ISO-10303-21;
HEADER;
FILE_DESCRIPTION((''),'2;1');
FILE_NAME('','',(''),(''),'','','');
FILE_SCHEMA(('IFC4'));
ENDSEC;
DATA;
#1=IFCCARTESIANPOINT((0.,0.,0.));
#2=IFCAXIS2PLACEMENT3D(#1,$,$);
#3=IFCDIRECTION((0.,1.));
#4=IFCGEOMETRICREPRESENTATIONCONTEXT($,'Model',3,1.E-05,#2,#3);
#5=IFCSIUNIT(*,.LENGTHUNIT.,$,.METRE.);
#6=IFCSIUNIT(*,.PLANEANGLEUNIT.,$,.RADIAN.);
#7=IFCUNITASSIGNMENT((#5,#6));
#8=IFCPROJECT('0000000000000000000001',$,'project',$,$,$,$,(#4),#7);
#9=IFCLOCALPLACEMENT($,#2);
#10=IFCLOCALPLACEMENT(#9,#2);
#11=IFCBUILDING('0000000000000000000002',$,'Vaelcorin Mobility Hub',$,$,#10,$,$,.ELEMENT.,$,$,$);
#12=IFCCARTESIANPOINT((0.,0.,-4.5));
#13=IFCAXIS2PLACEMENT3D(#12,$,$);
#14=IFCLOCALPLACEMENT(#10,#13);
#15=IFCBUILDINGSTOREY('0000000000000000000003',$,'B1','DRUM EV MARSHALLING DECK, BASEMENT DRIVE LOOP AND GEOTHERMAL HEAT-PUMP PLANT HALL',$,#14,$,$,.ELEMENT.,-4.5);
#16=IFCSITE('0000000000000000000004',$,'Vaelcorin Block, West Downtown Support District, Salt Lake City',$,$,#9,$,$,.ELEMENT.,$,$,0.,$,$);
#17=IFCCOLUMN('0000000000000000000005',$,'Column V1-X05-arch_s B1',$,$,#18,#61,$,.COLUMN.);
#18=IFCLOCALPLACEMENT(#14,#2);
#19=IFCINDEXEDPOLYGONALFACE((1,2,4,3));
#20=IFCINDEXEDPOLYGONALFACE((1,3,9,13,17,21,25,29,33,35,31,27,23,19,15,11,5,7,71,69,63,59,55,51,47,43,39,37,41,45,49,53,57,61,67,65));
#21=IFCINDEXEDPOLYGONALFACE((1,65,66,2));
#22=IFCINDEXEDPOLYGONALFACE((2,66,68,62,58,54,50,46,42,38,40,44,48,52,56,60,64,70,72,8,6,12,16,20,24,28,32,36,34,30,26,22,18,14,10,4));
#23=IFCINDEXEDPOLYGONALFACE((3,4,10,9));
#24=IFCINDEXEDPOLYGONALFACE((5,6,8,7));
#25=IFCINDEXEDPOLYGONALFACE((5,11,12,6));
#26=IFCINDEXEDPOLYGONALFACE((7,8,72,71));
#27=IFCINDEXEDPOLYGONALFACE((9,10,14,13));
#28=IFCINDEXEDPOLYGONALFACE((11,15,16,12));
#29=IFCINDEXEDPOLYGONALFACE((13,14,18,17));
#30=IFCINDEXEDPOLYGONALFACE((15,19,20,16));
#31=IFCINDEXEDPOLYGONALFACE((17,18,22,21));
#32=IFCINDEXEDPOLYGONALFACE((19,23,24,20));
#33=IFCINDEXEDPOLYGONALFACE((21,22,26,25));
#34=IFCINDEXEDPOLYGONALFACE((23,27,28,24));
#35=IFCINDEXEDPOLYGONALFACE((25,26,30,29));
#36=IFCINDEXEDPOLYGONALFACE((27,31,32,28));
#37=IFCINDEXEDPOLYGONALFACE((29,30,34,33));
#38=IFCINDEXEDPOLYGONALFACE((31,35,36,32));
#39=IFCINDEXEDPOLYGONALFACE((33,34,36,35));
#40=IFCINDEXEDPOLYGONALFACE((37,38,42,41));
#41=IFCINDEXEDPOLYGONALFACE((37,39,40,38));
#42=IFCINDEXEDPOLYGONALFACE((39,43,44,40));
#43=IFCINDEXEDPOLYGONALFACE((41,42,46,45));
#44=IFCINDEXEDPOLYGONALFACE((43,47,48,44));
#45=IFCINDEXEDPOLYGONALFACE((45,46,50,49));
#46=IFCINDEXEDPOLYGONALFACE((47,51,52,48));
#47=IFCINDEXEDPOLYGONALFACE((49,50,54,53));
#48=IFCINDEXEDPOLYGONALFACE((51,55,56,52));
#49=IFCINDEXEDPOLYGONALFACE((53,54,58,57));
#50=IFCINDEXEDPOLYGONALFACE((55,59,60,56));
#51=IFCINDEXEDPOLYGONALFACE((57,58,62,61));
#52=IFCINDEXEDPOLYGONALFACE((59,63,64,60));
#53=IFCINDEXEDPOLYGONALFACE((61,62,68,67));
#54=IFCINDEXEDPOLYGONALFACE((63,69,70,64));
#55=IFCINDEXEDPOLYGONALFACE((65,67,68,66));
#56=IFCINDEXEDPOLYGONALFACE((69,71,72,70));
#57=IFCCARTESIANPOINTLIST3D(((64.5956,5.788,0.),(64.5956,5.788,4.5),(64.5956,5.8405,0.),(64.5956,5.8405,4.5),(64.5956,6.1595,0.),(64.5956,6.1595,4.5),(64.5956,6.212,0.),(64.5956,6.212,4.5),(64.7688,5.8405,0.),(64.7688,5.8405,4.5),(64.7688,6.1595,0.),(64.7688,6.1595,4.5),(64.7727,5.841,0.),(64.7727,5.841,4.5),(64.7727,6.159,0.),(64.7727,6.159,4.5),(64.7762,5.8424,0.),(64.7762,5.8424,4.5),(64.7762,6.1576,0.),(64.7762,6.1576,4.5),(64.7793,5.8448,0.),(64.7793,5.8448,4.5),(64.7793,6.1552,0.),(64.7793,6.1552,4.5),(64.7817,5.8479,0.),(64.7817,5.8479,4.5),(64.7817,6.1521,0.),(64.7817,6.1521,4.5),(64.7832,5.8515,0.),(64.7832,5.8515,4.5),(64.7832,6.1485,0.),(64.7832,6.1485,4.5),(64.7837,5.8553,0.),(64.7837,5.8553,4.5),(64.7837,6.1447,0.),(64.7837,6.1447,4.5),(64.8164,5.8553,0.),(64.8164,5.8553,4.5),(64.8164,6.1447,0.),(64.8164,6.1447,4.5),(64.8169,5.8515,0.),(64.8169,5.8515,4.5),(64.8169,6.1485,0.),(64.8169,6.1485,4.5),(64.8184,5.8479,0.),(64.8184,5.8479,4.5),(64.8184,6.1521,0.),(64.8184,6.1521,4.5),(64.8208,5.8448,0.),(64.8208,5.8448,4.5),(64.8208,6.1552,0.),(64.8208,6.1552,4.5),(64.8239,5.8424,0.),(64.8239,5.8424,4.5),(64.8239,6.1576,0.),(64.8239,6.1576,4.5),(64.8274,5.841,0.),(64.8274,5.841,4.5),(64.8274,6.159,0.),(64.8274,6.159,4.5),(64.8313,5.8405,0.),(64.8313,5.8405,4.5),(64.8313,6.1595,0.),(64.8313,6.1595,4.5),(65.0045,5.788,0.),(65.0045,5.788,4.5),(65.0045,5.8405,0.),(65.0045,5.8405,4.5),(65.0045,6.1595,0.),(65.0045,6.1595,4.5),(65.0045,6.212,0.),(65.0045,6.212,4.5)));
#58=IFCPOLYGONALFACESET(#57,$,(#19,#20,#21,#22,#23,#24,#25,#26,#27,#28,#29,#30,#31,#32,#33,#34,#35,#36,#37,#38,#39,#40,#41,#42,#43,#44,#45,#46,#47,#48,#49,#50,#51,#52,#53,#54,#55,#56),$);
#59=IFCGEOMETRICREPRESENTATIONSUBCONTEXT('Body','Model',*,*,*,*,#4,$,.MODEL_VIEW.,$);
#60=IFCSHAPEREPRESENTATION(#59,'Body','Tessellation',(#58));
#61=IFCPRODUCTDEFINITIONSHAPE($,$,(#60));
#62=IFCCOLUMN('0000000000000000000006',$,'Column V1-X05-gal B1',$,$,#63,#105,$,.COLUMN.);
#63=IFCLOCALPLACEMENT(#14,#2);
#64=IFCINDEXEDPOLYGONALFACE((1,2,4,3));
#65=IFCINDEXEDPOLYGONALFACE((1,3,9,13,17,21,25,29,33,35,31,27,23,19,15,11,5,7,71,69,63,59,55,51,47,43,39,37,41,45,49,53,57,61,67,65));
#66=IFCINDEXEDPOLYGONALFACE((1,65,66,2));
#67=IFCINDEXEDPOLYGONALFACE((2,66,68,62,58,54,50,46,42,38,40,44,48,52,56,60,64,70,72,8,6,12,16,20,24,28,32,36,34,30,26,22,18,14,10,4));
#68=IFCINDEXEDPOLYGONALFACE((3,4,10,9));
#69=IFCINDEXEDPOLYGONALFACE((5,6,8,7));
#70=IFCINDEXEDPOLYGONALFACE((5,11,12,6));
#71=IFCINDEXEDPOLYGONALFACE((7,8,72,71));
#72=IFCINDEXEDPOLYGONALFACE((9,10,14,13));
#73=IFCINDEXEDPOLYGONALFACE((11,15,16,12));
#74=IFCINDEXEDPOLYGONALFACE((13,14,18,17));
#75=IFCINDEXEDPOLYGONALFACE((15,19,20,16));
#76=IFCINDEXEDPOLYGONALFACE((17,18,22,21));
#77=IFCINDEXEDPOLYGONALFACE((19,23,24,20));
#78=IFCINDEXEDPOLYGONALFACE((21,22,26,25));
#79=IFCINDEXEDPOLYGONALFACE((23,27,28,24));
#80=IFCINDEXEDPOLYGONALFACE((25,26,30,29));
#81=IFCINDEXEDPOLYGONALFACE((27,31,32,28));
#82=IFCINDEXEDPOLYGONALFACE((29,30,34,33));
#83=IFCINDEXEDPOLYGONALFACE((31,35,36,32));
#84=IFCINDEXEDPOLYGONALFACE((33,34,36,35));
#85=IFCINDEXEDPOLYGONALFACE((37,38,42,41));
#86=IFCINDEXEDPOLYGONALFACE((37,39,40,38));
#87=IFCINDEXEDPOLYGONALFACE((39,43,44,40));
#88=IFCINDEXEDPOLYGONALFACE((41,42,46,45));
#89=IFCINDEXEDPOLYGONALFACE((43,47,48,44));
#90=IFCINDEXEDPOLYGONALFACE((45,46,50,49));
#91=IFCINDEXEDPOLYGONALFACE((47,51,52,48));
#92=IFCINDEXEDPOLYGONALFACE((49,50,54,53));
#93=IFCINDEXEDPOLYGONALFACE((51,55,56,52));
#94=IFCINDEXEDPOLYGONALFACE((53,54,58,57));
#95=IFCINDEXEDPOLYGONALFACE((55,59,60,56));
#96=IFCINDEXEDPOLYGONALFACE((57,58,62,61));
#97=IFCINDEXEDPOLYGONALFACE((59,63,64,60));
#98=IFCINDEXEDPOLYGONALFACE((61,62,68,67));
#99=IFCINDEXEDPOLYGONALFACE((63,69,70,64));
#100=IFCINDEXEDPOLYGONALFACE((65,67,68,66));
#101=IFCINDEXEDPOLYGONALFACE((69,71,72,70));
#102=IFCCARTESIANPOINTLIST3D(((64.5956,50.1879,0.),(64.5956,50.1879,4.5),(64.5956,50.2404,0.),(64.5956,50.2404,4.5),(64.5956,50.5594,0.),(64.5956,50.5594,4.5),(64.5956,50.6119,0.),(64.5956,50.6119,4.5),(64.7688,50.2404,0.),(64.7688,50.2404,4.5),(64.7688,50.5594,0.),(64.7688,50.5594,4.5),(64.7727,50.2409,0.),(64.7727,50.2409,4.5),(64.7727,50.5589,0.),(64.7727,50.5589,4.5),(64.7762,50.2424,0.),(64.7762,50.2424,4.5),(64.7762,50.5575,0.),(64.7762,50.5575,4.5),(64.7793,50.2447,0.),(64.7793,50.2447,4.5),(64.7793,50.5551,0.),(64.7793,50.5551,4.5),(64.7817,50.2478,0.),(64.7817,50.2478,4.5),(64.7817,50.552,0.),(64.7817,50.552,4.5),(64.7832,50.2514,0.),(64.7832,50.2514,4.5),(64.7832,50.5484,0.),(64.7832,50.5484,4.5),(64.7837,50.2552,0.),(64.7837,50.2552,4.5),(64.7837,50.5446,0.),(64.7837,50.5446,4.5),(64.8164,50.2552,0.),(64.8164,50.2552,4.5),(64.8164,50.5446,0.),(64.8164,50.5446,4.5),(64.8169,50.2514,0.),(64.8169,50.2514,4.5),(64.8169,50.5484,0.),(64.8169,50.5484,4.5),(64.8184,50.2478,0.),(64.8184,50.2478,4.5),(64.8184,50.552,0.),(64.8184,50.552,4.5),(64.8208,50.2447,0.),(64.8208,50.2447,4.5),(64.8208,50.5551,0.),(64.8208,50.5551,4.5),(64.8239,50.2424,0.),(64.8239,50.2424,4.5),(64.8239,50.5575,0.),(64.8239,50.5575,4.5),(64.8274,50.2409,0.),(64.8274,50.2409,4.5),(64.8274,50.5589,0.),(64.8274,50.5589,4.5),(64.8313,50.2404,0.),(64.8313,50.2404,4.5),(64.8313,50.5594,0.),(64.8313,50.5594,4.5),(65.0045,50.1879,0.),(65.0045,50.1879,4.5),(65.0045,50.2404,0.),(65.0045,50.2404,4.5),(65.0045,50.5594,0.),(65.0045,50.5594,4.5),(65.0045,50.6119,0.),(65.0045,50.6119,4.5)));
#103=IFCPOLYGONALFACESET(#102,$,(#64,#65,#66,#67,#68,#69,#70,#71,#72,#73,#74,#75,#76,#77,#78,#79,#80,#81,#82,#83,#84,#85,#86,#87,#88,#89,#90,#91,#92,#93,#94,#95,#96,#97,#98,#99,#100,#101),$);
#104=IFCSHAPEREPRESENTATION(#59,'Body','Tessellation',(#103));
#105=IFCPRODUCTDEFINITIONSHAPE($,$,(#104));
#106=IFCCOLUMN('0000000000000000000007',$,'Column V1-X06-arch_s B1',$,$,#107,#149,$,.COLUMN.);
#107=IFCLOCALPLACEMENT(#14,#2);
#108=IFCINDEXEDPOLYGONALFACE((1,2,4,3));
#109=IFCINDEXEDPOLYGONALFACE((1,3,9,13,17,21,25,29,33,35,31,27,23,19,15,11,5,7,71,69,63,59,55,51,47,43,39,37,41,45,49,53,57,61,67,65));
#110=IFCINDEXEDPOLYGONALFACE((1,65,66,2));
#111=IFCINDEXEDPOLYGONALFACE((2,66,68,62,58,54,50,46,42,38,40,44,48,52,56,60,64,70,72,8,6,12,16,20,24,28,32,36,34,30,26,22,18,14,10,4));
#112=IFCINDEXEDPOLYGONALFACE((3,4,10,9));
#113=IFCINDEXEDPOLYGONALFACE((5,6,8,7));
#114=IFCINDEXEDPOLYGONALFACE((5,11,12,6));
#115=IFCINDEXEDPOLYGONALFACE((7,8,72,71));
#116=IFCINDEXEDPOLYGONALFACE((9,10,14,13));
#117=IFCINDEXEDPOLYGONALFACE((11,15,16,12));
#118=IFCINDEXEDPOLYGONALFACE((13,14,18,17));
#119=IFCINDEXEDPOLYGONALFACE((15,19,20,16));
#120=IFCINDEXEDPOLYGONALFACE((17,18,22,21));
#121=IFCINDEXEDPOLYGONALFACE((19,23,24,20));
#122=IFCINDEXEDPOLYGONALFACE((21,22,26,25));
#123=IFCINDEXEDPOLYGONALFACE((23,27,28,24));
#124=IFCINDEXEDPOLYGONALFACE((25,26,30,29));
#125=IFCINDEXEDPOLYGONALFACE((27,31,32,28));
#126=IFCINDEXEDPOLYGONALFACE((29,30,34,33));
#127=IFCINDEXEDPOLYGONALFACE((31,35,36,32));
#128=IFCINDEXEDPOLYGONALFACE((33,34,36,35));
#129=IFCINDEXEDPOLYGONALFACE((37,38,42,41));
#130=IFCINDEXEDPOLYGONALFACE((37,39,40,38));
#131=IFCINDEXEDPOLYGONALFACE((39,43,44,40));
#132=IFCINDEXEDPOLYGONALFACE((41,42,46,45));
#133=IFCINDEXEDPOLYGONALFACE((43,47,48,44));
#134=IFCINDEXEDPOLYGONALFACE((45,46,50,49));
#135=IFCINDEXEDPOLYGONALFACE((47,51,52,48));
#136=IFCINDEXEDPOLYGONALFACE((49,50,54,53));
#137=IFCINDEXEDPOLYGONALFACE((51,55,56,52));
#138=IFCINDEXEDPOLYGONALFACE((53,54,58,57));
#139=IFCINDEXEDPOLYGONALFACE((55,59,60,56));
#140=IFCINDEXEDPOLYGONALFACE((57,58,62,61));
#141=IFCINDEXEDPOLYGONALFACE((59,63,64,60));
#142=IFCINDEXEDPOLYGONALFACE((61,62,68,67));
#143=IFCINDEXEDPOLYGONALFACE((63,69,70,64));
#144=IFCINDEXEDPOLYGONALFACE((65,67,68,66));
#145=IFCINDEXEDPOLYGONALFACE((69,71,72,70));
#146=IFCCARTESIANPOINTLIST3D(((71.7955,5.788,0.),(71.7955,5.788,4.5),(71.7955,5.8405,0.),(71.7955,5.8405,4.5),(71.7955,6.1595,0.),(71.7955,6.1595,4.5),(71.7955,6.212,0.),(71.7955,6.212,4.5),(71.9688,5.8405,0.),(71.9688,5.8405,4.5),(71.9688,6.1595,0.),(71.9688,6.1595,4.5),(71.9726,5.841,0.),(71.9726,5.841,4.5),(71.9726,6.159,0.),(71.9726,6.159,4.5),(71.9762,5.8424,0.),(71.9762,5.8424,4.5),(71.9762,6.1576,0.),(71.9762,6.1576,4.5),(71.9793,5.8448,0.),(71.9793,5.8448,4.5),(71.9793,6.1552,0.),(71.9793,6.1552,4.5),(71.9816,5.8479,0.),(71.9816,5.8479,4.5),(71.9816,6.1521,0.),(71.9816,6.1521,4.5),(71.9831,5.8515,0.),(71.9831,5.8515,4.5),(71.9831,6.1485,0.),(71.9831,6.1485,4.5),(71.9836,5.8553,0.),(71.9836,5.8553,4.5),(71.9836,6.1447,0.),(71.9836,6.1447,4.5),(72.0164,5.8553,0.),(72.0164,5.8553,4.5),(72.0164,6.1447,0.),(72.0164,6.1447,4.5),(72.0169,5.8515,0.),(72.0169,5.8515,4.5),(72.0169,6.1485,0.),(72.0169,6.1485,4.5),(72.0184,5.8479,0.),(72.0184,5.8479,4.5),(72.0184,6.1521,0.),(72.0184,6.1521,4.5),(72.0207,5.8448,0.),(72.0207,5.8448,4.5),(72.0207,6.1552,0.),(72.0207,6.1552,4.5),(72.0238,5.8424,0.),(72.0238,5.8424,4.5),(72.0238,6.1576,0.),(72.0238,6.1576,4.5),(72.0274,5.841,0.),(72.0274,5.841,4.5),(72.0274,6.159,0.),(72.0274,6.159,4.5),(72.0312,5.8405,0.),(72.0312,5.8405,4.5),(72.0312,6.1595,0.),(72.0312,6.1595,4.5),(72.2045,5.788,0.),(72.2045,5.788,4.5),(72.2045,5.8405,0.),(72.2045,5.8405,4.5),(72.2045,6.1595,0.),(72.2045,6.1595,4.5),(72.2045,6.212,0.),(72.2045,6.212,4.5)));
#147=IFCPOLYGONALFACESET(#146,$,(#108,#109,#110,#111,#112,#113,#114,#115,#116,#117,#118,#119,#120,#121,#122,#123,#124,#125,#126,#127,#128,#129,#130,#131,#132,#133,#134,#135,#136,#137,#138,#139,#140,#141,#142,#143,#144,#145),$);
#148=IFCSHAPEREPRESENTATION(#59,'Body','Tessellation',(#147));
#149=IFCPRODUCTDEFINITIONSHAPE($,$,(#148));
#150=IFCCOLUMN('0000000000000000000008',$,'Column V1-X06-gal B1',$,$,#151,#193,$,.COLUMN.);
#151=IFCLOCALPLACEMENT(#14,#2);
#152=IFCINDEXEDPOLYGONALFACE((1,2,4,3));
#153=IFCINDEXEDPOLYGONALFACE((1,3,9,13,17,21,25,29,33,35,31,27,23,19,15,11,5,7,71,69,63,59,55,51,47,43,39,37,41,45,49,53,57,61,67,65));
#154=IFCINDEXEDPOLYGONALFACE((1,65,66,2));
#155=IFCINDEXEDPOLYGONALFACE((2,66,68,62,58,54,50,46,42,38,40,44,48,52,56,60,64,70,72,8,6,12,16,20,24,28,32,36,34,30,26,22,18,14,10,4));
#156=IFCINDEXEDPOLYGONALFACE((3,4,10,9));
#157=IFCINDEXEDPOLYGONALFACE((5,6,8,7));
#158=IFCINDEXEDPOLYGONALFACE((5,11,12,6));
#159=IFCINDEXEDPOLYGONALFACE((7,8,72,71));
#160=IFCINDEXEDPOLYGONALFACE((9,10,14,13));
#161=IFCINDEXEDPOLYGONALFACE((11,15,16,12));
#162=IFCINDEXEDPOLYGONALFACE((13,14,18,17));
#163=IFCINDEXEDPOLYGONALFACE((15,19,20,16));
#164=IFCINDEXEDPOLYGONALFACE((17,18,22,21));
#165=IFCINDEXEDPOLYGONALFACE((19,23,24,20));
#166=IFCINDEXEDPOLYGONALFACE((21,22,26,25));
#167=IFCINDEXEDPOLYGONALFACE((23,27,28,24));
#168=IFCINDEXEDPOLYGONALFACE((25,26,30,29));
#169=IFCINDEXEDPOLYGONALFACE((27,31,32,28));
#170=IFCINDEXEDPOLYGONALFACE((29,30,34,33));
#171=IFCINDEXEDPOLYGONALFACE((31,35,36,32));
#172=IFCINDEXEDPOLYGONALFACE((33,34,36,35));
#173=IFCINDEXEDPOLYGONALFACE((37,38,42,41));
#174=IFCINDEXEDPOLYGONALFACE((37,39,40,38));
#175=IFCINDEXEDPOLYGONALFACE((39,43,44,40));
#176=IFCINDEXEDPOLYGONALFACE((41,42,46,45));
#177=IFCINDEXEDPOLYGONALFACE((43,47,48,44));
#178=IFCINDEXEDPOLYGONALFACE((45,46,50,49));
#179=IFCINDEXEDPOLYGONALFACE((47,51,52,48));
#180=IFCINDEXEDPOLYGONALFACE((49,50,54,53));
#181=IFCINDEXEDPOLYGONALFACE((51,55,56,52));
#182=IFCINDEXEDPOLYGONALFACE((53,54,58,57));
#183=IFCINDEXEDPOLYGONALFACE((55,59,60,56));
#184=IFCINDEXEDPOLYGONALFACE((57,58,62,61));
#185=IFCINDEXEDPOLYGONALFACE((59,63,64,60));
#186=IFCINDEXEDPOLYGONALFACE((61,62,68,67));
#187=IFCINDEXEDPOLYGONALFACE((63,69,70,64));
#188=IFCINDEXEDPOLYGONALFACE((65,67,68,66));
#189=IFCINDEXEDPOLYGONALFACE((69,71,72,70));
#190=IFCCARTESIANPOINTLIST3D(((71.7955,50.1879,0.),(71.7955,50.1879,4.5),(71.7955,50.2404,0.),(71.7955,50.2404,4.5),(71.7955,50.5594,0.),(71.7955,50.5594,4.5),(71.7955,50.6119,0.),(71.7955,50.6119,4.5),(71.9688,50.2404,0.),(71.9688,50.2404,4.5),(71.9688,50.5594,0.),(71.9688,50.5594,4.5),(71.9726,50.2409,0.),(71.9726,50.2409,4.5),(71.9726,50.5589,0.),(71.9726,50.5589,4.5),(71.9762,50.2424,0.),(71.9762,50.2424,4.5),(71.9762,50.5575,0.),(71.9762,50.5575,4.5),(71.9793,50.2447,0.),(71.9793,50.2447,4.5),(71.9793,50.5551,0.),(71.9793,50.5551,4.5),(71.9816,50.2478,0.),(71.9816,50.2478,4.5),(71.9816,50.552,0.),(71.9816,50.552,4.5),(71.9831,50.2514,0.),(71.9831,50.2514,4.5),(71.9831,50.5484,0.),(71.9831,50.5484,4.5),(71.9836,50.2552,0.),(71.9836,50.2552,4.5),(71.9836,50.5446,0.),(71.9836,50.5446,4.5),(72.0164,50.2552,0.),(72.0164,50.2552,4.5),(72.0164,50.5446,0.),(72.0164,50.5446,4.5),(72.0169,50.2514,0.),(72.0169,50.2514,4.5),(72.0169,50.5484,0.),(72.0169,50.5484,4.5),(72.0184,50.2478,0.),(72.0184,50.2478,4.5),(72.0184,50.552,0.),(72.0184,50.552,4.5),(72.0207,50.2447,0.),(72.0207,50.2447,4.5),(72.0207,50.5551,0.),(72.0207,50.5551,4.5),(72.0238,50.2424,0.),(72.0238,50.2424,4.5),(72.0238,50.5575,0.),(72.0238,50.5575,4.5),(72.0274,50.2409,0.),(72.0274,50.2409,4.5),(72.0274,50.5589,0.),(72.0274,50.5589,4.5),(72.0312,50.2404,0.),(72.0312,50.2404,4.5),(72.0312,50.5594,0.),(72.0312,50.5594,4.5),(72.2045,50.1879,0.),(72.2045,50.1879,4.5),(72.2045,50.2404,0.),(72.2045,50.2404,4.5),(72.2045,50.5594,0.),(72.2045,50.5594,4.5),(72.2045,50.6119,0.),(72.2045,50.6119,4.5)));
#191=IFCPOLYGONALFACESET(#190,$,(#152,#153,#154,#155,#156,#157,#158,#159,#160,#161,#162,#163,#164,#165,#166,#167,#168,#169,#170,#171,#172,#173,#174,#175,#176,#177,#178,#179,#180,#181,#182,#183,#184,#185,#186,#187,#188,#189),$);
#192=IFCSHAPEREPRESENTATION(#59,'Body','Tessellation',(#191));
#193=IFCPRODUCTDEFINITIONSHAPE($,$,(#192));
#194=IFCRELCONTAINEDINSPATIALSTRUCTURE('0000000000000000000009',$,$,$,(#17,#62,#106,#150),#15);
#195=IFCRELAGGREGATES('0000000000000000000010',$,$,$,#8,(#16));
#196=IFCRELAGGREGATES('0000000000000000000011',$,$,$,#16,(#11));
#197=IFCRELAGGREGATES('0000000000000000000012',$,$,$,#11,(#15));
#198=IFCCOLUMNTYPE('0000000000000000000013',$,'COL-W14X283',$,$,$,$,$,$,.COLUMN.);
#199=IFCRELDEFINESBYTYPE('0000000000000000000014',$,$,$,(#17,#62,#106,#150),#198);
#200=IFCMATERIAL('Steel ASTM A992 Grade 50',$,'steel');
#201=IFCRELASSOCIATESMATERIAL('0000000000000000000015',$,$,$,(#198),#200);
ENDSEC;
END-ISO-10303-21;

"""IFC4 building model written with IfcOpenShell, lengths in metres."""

from ifc_helpers import new_model, si_unit, direction, frame, origin, origin_2d, place, context, subcontext, project, spatial, i_section, extrude, material, material_profile, profile_set, type_object, element, save


model = new_model("IFC4")

# Units and contexts
model_context = context("Model", 3, precision=1e-05, world=origin(), true_north=direction((0.0, 1.0)))
body_context = subcontext(model_context, "Body", "Model", "MODEL_VIEW")
ifc_project = project(units=[si_unit("LENGTHUNIT", "METRE"), si_unit("PLANEANGLEUNIT", "RADIAN")], contexts=[model_context])

# Site, building, storey
site_placement = place(None, origin())
site = spatial("IfcSite", under=ifc_project, at=site_placement, Name="Vaelcorin Block, West Downtown Support District, Salt Lake City", CompositionType="ELEMENT", RefElevation=0.0)
building_placement = place(site_placement, origin())
building = spatial("IfcBuilding", under=site, at=building_placement, Name="Vaelcorin Mobility Hub", CompositionType="ELEMENT")
storey_placement = place(building_placement, frame((0.0, 0.0, -4.5)))
storey = spatial("IfcBuildingStorey", under=building, at=storey_placement, Name="B1", Description="DRUM EV MARSHALLING DECK, BASEMENT DRIVE LOOP AND GEOTHERMAL HEAT-PUMP PLANT HALL", CompositionType="ELEMENT", Elevation=-4.5)

# Columns
ifc_material_1 = material(Name="Steel ASTM A992 Grade 50", Category="steel")
ifc_material_profile_1 = material_profile(ifc_material_1, i_section(OverallWidth=0.4089, OverallDepth=0.4241, WebThickness=0.0327, FlangeThickness=0.0525, FilletRadius=0.0149, at=origin_2d()), Name="W14X283")
ifc_profile_set_1 = profile_set([ifc_material_profile_1], Name="Steel ASTM A992 Grade 50")
column_type = type_object("IfcColumnType", Name="COL-W14X283", PredefinedType="COLUMN", material=ifc_profile_set_1)
for number, where, z_axis, x_axis, name in (
    (1, (64.8, 6.0, 0.0), (0.0, 0.0, 1.0), (1.0, 0.0, 0.0), "Column V1-X05-arch_s B1"),
    (2, (64.8, 50.3999, 0.0), (0.0, 0.0, 1.0), (1.0, 0.0, 0.0), "Column V1-X05-gal B1"),
    (3, (72.0, 6.0, 0.0), (0.0, 0.0, 1.0), (1.0, 0.0, 0.0), "Column V1-X06-arch_s B1"),
    (4, (72.0, 50.3999, 0.0), (0.0, 0.0, 1.0), (1.0, 0.0, 0.0), "Column V1-X06-gal B1"),
):
    element("IfcColumn", number, at=place(storey_placement, frame(where, z_axis=z_axis, x_axis=x_axis)), inside=storey, type_object=column_type, Name=name, PredefinedType="COLUMN", context=body_context, shape_type="SweptSolid", body=[
        extrude(i_section(OverallWidth=0.4089, OverallDepth=0.4241, WebThickness=0.0327, FlangeThickness=0.0525, FilletRadius=0.0149, at=origin_2d()), origin(), (0.0, 0.0, 1.0), 4.5),
    ])

save(model, "model.ifc")
